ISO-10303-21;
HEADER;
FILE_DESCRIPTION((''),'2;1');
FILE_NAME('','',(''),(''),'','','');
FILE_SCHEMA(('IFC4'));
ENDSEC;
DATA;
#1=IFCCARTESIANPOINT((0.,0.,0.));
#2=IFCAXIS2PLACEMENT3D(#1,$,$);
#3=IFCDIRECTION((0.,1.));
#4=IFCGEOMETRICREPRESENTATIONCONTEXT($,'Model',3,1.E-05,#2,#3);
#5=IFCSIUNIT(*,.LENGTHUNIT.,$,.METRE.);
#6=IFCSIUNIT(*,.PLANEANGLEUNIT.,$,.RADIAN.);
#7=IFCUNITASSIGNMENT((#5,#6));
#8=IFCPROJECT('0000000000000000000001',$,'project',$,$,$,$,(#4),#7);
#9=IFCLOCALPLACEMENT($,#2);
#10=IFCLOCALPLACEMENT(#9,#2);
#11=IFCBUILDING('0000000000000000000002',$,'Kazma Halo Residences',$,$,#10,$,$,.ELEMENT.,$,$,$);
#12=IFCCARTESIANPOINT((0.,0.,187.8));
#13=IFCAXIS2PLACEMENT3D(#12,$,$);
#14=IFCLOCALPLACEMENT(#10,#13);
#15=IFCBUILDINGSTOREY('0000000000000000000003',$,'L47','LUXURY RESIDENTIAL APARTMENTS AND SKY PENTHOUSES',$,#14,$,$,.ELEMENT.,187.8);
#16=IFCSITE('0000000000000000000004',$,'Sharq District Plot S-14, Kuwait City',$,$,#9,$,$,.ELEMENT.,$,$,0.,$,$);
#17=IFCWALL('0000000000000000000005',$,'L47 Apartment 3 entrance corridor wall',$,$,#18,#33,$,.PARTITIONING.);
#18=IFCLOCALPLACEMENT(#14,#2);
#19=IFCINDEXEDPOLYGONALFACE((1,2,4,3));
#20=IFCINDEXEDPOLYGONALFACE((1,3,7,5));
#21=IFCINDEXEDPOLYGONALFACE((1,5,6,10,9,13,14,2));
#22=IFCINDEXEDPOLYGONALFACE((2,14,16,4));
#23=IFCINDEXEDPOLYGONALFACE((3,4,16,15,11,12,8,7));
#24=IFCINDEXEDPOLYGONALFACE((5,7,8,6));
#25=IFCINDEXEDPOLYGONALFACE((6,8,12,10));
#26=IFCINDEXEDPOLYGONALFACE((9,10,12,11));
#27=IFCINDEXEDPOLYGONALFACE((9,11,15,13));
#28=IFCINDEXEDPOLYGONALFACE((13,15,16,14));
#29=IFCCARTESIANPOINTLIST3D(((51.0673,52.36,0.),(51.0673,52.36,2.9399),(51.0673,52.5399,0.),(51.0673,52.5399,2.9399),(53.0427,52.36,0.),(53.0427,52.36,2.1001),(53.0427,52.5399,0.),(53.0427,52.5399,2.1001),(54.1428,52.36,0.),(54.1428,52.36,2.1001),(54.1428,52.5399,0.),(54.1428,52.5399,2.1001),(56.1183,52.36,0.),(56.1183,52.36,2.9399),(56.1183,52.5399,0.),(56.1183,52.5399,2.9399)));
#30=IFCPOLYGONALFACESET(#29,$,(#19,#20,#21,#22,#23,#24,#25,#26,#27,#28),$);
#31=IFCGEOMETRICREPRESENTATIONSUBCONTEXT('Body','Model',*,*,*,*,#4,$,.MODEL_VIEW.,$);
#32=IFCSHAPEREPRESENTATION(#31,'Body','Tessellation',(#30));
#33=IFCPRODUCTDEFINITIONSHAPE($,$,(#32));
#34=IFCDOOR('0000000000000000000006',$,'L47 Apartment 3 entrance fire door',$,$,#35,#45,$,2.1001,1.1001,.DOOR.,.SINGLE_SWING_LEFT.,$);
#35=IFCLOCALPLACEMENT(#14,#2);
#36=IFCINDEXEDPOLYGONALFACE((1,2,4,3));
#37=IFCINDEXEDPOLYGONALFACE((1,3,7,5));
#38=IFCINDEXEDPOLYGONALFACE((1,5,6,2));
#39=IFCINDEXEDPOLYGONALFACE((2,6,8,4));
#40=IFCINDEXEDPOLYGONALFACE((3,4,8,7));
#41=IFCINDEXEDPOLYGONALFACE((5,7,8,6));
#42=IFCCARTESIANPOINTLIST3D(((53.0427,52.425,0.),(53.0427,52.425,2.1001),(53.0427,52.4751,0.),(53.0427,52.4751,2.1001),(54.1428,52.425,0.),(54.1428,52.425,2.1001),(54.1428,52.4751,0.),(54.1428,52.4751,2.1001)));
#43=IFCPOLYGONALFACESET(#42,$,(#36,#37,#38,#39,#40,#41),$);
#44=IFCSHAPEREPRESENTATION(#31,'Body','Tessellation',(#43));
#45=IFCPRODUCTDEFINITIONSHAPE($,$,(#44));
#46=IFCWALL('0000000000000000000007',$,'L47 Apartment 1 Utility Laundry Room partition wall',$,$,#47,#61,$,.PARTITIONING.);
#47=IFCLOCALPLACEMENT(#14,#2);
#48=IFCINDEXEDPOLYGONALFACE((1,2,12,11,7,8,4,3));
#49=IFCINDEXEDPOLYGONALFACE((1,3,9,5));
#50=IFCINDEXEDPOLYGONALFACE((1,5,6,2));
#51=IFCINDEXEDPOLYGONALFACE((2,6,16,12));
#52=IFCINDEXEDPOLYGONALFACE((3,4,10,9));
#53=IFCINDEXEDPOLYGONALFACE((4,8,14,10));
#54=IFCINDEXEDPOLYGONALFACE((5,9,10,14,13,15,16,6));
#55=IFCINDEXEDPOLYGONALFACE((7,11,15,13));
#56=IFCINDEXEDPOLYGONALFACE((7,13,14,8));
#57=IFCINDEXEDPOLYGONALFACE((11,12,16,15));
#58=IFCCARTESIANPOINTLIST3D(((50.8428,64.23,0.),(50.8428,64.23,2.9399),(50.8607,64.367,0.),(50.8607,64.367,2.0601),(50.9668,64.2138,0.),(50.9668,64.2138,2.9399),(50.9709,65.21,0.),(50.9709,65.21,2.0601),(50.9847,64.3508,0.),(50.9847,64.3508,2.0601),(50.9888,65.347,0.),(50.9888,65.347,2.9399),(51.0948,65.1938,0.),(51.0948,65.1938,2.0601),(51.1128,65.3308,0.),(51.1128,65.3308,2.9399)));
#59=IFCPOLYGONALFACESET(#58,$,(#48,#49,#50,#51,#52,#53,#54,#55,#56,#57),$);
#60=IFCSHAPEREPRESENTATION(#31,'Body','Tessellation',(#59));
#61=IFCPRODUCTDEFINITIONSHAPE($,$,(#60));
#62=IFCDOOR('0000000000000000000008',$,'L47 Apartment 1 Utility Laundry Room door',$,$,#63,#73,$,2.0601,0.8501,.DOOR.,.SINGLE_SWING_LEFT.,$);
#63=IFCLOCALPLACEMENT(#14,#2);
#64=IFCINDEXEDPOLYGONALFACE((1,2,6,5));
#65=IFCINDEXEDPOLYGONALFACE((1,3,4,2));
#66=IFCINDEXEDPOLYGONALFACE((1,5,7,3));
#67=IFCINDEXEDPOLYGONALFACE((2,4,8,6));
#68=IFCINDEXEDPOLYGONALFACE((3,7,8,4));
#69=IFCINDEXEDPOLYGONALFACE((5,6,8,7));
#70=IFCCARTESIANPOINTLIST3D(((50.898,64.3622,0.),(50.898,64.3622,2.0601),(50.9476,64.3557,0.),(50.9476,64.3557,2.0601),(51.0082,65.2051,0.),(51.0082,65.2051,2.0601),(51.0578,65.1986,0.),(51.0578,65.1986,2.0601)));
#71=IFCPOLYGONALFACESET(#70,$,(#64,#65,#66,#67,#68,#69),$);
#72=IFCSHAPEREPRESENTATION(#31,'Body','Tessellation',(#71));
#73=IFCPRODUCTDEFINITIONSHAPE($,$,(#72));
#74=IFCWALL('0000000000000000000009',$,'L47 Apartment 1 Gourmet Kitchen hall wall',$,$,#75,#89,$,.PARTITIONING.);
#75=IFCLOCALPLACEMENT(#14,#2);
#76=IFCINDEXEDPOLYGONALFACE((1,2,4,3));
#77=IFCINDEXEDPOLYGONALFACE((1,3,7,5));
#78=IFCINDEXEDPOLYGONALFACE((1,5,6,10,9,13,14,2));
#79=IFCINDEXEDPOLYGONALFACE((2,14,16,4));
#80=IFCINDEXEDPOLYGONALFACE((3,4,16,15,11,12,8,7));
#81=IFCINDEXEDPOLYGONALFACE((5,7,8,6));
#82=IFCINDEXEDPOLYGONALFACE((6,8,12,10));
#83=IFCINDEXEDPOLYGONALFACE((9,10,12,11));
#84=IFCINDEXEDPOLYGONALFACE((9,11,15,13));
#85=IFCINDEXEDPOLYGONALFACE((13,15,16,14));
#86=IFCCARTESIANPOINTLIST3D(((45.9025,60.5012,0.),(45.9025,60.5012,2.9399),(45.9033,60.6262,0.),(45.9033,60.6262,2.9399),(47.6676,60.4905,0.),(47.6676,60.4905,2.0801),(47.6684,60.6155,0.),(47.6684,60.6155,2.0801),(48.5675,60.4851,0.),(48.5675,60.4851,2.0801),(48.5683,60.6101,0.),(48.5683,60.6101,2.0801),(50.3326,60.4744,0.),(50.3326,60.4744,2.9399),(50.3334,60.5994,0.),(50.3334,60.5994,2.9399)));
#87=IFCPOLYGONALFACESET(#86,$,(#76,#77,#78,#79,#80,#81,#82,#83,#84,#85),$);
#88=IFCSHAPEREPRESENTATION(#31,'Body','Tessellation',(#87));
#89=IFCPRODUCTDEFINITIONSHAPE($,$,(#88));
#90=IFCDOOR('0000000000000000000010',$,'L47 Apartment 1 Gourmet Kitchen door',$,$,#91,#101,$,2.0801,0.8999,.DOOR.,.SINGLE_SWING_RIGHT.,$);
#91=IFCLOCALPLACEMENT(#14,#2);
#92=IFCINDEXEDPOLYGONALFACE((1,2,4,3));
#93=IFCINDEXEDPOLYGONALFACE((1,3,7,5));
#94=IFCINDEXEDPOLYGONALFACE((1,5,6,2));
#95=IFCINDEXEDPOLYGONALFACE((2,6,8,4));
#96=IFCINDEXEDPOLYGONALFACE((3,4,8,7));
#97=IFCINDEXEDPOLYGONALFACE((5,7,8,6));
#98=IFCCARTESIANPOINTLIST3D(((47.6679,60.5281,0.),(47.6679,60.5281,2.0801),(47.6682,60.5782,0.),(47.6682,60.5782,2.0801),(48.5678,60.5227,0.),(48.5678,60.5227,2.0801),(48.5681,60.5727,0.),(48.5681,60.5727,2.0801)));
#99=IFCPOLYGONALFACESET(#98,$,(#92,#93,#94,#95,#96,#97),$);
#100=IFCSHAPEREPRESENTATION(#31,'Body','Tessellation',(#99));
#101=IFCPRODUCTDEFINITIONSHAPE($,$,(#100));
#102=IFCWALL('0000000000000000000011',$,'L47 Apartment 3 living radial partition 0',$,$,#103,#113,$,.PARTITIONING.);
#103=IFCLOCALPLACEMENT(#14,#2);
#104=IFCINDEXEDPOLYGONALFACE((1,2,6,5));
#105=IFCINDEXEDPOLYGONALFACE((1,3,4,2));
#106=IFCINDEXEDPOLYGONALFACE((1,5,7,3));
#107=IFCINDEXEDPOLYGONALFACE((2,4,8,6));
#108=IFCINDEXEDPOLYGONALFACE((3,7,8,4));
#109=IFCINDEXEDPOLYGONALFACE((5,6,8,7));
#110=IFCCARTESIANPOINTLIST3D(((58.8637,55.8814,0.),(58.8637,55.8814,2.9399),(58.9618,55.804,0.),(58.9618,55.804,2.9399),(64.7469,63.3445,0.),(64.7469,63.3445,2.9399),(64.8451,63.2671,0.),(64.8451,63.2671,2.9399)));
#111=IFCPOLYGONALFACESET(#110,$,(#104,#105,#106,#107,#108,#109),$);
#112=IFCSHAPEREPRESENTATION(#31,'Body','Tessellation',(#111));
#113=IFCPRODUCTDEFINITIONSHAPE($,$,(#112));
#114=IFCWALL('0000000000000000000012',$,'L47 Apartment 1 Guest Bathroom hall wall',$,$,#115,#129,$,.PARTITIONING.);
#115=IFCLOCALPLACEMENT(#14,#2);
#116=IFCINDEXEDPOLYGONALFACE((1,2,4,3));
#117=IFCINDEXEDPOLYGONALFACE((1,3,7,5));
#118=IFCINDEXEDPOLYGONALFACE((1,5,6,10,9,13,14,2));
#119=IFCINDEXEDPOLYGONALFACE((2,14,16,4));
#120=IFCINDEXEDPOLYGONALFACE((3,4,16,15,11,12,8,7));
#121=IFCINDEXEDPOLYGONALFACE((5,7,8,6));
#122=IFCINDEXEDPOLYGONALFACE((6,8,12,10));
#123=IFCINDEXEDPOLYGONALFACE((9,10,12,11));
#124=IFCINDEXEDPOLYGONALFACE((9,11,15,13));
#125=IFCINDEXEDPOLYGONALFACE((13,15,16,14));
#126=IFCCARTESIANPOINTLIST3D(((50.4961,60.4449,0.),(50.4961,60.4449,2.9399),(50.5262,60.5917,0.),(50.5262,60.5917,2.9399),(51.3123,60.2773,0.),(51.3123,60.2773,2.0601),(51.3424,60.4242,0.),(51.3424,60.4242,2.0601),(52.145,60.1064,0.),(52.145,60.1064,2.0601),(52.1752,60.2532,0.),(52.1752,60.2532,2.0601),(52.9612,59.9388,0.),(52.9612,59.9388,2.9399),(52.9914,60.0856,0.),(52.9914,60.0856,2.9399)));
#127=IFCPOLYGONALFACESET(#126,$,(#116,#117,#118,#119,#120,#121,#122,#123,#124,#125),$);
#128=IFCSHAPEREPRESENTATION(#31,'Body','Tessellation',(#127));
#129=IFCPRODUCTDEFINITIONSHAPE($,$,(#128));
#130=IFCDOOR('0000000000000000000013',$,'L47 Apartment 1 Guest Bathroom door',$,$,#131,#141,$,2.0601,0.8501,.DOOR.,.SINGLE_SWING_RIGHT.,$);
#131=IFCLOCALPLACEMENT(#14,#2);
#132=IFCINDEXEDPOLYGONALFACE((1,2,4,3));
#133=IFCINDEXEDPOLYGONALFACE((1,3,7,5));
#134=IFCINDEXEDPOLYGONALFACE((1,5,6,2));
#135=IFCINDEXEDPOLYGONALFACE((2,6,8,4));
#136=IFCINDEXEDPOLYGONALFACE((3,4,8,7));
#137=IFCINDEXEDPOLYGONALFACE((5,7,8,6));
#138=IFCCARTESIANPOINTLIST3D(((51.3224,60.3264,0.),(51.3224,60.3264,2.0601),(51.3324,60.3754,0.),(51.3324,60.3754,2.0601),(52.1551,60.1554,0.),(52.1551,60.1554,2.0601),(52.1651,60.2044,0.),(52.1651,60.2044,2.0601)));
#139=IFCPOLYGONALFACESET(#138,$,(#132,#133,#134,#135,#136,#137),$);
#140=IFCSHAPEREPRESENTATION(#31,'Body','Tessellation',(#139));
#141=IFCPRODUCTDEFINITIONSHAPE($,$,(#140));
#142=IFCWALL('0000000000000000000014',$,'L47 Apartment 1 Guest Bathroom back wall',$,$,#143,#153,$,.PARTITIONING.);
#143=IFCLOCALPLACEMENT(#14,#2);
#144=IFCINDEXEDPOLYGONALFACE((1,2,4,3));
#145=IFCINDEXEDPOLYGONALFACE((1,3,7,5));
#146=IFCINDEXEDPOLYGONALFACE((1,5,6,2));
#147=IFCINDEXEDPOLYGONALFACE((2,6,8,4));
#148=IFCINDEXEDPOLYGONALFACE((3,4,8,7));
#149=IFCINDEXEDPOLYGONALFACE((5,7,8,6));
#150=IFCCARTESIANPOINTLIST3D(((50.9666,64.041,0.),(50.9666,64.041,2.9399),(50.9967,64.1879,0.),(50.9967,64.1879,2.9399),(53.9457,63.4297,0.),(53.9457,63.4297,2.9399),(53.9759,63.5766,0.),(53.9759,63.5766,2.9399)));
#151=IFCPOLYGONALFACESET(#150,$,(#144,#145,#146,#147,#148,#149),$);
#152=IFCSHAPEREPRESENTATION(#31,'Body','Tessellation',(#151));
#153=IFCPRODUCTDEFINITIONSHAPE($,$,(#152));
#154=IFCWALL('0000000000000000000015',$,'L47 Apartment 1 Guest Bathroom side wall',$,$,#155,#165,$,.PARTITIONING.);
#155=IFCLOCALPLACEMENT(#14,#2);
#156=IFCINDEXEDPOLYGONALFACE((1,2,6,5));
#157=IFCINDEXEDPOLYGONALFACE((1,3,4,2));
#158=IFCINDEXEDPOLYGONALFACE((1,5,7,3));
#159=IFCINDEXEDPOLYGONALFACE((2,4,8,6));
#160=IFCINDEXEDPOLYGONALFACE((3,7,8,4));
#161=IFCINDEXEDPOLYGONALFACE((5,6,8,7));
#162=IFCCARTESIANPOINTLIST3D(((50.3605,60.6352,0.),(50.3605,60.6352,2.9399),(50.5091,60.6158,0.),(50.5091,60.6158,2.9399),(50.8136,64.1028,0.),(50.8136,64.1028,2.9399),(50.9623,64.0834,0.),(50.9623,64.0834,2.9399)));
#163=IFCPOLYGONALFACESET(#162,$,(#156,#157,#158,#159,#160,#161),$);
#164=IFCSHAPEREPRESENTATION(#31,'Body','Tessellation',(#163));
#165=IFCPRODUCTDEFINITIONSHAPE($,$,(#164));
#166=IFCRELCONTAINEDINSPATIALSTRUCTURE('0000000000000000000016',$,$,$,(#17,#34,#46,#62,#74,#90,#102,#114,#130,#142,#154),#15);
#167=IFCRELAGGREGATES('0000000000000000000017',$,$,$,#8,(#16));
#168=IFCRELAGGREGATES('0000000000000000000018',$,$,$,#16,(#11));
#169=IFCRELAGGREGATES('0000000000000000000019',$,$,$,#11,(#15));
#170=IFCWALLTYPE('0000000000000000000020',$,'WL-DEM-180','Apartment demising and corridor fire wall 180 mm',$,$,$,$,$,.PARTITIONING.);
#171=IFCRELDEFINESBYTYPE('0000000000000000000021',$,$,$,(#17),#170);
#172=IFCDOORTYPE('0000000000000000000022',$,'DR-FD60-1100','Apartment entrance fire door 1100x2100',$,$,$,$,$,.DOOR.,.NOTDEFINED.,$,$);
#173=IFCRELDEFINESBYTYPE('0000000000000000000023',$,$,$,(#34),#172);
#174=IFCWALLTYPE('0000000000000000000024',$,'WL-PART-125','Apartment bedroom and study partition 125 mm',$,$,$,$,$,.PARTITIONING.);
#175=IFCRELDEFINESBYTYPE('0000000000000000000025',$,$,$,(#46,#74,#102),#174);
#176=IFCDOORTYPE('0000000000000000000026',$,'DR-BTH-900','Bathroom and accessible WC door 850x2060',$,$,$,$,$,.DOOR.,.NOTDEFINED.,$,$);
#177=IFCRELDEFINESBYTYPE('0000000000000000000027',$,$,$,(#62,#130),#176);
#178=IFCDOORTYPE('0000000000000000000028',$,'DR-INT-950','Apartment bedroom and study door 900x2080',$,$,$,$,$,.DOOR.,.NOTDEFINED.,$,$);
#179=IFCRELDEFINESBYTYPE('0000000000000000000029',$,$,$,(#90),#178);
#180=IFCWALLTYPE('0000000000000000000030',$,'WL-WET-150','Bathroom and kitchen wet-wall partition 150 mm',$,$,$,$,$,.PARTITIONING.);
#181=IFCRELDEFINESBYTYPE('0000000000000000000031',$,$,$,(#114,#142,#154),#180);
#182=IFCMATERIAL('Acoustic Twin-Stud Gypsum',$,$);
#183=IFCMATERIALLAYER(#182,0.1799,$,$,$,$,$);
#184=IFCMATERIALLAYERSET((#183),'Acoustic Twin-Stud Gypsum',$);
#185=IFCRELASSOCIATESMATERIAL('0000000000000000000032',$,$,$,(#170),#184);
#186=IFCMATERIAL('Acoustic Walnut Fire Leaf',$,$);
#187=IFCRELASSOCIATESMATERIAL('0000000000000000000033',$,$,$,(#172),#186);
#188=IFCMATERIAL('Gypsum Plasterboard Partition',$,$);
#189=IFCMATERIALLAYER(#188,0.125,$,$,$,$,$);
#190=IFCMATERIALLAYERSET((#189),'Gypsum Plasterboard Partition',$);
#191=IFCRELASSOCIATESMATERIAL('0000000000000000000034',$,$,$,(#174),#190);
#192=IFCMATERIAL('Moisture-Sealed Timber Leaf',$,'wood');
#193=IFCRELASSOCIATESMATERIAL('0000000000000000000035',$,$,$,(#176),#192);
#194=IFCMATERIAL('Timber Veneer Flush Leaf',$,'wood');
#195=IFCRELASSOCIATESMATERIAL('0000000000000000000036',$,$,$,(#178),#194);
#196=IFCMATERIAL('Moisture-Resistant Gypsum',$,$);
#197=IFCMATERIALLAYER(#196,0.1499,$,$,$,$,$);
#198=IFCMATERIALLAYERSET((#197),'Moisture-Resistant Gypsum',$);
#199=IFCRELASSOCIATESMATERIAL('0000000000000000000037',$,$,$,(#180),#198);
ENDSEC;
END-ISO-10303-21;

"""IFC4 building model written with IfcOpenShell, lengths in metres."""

from ifc_helpers import new_model, si_unit, direction, frame, frame_2d, origin, place, context, subcontext, project, spatial, rectangle, extrude, material, layer, layer_set, type_object, element, fill, save


model = new_model("IFC4")

# Units and contexts
model_context = context("Model", 3, precision=1e-05, world=origin(), true_north=direction((0.0, 1.0)))
body_context = subcontext(model_context, "Body", "Model", "MODEL_VIEW")
ifc_project = project(units=[si_unit("LENGTHUNIT", "METRE"), si_unit("PLANEANGLEUNIT", "RADIAN")], contexts=[model_context])

# Site, building, storey
site_placement = place(None, origin())
site = spatial("IfcSite", under=ifc_project, at=site_placement, Name="Sharq District Plot S-14, Kuwait City", CompositionType="ELEMENT", RefElevation=0.0)
building_placement = place(site_placement, origin())
building = spatial("IfcBuilding", under=site, at=building_placement, Name="Kazma Halo Residences", CompositionType="ELEMENT")
storey_placement = place(building_placement, frame((0.0, 0.0, 187.8)))
storey = spatial("IfcBuildingStorey", under=building, at=storey_placement, Name="L47", Description="LUXURY RESIDENTIAL APARTMENTS AND SKY PENTHOUSES", CompositionType="ELEMENT", Elevation=187.8)

# Shared definitions
ifc_material_1 = material(Name="Acoustic Twin-Stud Gypsum")
ifc_layer_1 = layer(ifc_material_1, 0.1799)
ifc_layer_set_1 = layer_set([ifc_layer_1], Name="Acoustic Twin-Stud Gypsum")
wall_type_1 = type_object("IfcWallType", Name="WL-DEM-180", Description="Apartment demising and corridor fire wall 180 mm", PredefinedType="PARTITIONING", material=ifc_layer_set_1)

# Walls, openings, doors
wall_1_placement = place(storey_placement, frame((56.1182, 52.45, 0.0), z_axis=(0.0, 0.0, 1.0), x_axis=(-1.0, 0.0, 0.0)))
wall_1 = element("IfcWall", 1, at=wall_1_placement, inside=storey, type_object=wall_type_1, Name="L47 Apartment 3 entrance corridor wall", PredefinedType="PARTITIONING", context=body_context, shape_type="SweptSolid", body=[
    extrude(rectangle(XDim=5.051, YDim=0.1799, at=frame_2d((2.5254, 0.0))), origin(), (0.0, 0.0, 1.0), 2.9399),
])
opening_1_placement = place(wall_1_placement, frame((1.9753, 0.0, 0.0)))
opening_1 = element("IfcOpeningElement", 2, at=opening_1_placement, cuts=wall_1, PredefinedType="OPENING", context=body_context, shape_type="SweptSolid", body=[
    extrude(rectangle(XDim=1.1001, YDim=2.1001, at=frame_2d((0.55, 1.05))), frame((0.0, 0.0999, 0.0), z_axis=(0.0, -1.0, 0.0), x_axis=(1.0, 0.0, 0.0)), (0.0, 0.0, 1.0), 0.2),
])
ifc_material_2 = material(Name="Acoustic Walnut Fire Leaf")
door_type_1 = type_object("IfcDoorType", Name="DR-FD60-1100", Description="Apartment entrance fire door 1100x2100", OperationType="NOTDEFINED", PredefinedType="DOOR", material=ifc_material_2)
door_1_placement = place(opening_1_placement, origin())
door_1 = element("IfcDoor", 3, at=door_1_placement, inside=storey, type_object=door_type_1, Name="L47 Apartment 3 entrance fire door", OperationType="SINGLE_SWING_LEFT", OverallHeight=2.1001, OverallWidth=1.1001, PredefinedType="DOOR", context=body_context, shape_type="SweptSolid", body=[
    extrude(rectangle(XDim=1.1001, YDim=2.1001, at=frame_2d((0.55, 1.05))), frame((0.0, 0.0249, 0.0), z_axis=(0.0, -1.0, 0.0), x_axis=(1.0, 0.0, 0.0)), (0.0, 0.0, 1.0), 0.05),
])
fill(opening_1, door_1)
ifc_material_3 = material(Name="Gypsum Plasterboard Partition")
ifc_layer_2 = layer(ifc_material_3, 0.125)
ifc_layer_set_2 = layer_set([ifc_layer_2], Name="Gypsum Plasterboard Partition")
wall_type_2 = type_object("IfcWallType", Name="WL-PART-125", Description="Apartment bedroom and study partition 125 mm", PredefinedType="PARTITIONING", material=ifc_layer_set_2)
wall_2_placement = place(storey_placement, frame((50.9048, 64.2219, 0.0), z_axis=(0.0, 0.0, 1.0), x_axis=(0.129608, 0.991565, 0.0)))
wall_2 = element("IfcWall", 4, at=wall_2_placement, inside=storey, type_object=wall_type_2, Name="L47 Apartment 1 Utility Laundry Room partition wall", PredefinedType="PARTITIONING", context=body_context, shape_type="SweptSolid", body=[
    extrude(rectangle(XDim=1.1265, YDim=0.125, at=frame_2d((0.5632, 0.0))), origin(), (0.0, 0.0, 1.0), 2.9399),
])
opening_2_placement = place(wall_2_placement, frame((0.1382, 0.0, 0.0)))
opening_2 = element("IfcOpeningElement", 5, at=opening_2_placement, cuts=wall_2, PredefinedType="OPENING", context=body_context, shape_type="SweptSolid", body=[
    extrude(rectangle(XDim=0.8501, YDim=2.0601, at=frame_2d((0.425, 1.03))), frame((0.0, 0.0725, 0.0), z_axis=(0.0, -1.0, 0.0), x_axis=(1.0, 0.0, 0.0)), (0.0, 0.0, 1.0), 0.145),
])
ifc_material_4 = material(Name="Moisture-Sealed Timber Leaf", Category="wood")
door_type_2 = type_object("IfcDoorType", Name="DR-BTH-900", Description="Bathroom and accessible WC door 850x2060", OperationType="NOTDEFINED", PredefinedType="DOOR", material=ifc_material_4)
door_2_placement = place(opening_2_placement, origin())
door_2 = element("IfcDoor", 6, at=door_2_placement, inside=storey, type_object=door_type_2, Name="L47 Apartment 1 Utility Laundry Room door", OperationType="SINGLE_SWING_LEFT", OverallHeight=2.0601, OverallWidth=0.8501, PredefinedType="DOOR", context=body_context, shape_type="SweptSolid", body=[
    extrude(rectangle(XDim=0.8501, YDim=2.0601, at=frame_2d((0.425, 1.03))), frame((0.0, 0.0249, 0.0), z_axis=(0.0, -1.0, 0.0), x_axis=(1.0, 0.0, 0.0)), (0.0, 0.0, 1.0), 0.05),
])
fill(opening_2, door_2)
wall_3_placement = place(storey_placement, frame((50.333, 60.5369, 0.0), z_axis=(0.0, 0.0, 1.0), x_axis=(-0.999982, 0.006062, 0.0)))
wall_3 = element("IfcWall", 7, at=wall_3_placement, inside=storey, type_object=wall_type_2, Name="L47 Apartment 1 Gourmet Kitchen hall wall", PredefinedType="PARTITIONING", context=body_context, shape_type="SweptSolid", body=[
    extrude(rectangle(XDim=4.4302, YDim=0.125, at=frame_2d((2.2151, 0.0))), origin(), (0.0, 0.0, 1.0), 2.9399),
])
opening_3_placement = place(wall_3_placement, frame((1.7651, 0.0, 0.0)))
opening_3 = element("IfcOpeningElement", 8, at=opening_3_placement, cuts=wall_3, PredefinedType="OPENING", context=body_context, shape_type="SweptSolid", body=[
    extrude(rectangle(XDim=0.8999, YDim=2.0801, at=frame_2d((0.45, 1.04))), frame((0.0, 0.0725, 0.0), z_axis=(0.0, -1.0, 0.0), x_axis=(1.0, 0.0, 0.0)), (0.0, 0.0, 1.0), 0.145),
])
ifc_material_5 = material(Name="Timber Veneer Flush Leaf", Category="wood")
door_type_3 = type_object("IfcDoorType", Name="DR-INT-950", Description="Apartment bedroom and study door 900x2080", OperationType="NOTDEFINED", PredefinedType="DOOR", material=ifc_material_5)
door_3_placement = place(opening_3_placement, origin())
door_3 = element("IfcDoor", 9, at=door_3_placement, inside=storey, type_object=door_type_3, Name="L47 Apartment 1 Gourmet Kitchen door", OperationType="SINGLE_SWING_RIGHT", OverallHeight=2.0801, OverallWidth=0.8999, PredefinedType="DOOR", context=body_context, shape_type="SweptSolid", body=[
    extrude(rectangle(XDim=0.8999, YDim=2.0801, at=frame_2d((0.45, 1.04))), frame((0.0, 0.0249, 0.0), z_axis=(0.0, -1.0, 0.0), x_axis=(1.0, 0.0, 0.0)), (0.0, 0.0, 1.0), 0.05),
])
fill(opening_3, door_3)

# Wall
wall_4_placement = place(storey_placement, frame((58.9128, 55.8428, 0.0), z_axis=(0.0, 0.0, 1.0), x_axis=(0.619084, 0.785325, 0.0)))
element("IfcWall", 10, at=wall_4_placement, inside=storey, type_object=wall_type_2, Name="L47 Apartment 3 living radial partition 0", PredefinedType="PARTITIONING", context=body_context, shape_type="SweptSolid", body=[
    extrude(rectangle(XDim=9.5032, YDim=0.125, at=frame_2d((4.7515, 0.0))), origin(), (0.0, 0.0, 1.0), 2.9399),
])

# Wall, opening, door
ifc_material_6 = material(Name="Moisture-Resistant Gypsum")
ifc_layer_3 = layer(ifc_material_6, 0.1499)
ifc_layer_set_3 = layer_set([ifc_layer_3], Name="Moisture-Resistant Gypsum")
wall_type_3 = type_object("IfcWallType", Name="WL-WET-150", Description="Bathroom and kitchen wet-wall partition 150 mm", PredefinedType="PARTITIONING", material=ifc_layer_set_3)
wall_5_placement = place(storey_placement, frame((52.9763, 60.0122, 0.0), z_axis=(0.0, 0.0, 1.0), x_axis=(-0.979568, 0.201114, 0.0)))
wall_5 = element("IfcWall", 11, at=wall_5_placement, inside=storey, type_object=wall_type_3, Name="L47 Apartment 1 Guest Bathroom hall wall", PredefinedType="PARTITIONING", context=body_context, shape_type="SweptSolid", body=[
    extrude(rectangle(XDim=2.5166, YDim=0.1499, at=frame_2d((1.2583, 0.0))), origin(), (0.0, 0.0, 1.0), 2.9399),
])
opening_4_placement = place(wall_5_placement, frame((0.8333, 0.0, 0.0)))
opening_4 = element("IfcOpeningElement", 12, at=opening_4_placement, cuts=wall_5, PredefinedType="OPENING", context=body_context, shape_type="SweptSolid", body=[
    extrude(rectangle(XDim=0.8501, YDim=2.0601, at=frame_2d((0.425, 1.03))), frame((0.0, 0.085, 0.0), z_axis=(0.0, -1.0, 0.0), x_axis=(1.0, 0.0, 0.0)), (0.0, 0.0, 1.0), 0.1699),
])
door_4_placement = place(opening_4_placement, origin())
door_4 = element("IfcDoor", 13, at=door_4_placement, inside=storey, type_object=door_type_2, Name="L47 Apartment 1 Guest Bathroom door", OperationType="SINGLE_SWING_RIGHT", OverallHeight=2.0601, OverallWidth=0.8501, PredefinedType="DOOR", context=body_context, shape_type="SweptSolid", body=[
    extrude(rectangle(XDim=0.8501, YDim=2.0601, at=frame_2d((0.425, 1.03))), frame((0.0, 0.0249, 0.0), z_axis=(0.0, -1.0, 0.0), x_axis=(1.0, 0.0, 0.0)), (0.0, 0.0, 1.0), 0.05),
])
fill(opening_4, door_4)

# Walls
wall_6_placement = place(storey_placement, frame((53.9607, 63.5032, 0.0), z_axis=(0.0, 0.0, 1.0), x_axis=(-0.97959, 0.201007, 0.0)))
element("IfcWall", 14, at=wall_6_placement, inside=storey, type_object=wall_type_3, Name="L47 Apartment 1 Guest Bathroom back wall", PredefinedType="PARTITIONING", context=body_context, shape_type="SweptSolid", body=[
    extrude(rectangle(XDim=3.0413, YDim=0.1499, at=frame_2d((1.5205, 0.0))), origin(), (0.0, 0.0, 1.0), 2.9399),
])
wall_7_placement = place(storey_placement, frame((50.4348, 60.6255, 0.0), z_axis=(0.0, 0.0, 1.0), x_axis=(0.129575, 0.99157, 0.0)))
element("IfcWall", 15, at=wall_7_placement, inside=storey, type_object=wall_type_3, Name="L47 Apartment 1 Guest Bathroom side wall", PredefinedType="PARTITIONING", context=body_context, shape_type="SweptSolid", body=[
    extrude(rectangle(XDim=3.4971, YDim=0.1499, at=frame_2d((1.7485, 0.0))), origin(), (0.0, 0.0, 1.0), 2.9399),
])

save(model, "model.ifc")
